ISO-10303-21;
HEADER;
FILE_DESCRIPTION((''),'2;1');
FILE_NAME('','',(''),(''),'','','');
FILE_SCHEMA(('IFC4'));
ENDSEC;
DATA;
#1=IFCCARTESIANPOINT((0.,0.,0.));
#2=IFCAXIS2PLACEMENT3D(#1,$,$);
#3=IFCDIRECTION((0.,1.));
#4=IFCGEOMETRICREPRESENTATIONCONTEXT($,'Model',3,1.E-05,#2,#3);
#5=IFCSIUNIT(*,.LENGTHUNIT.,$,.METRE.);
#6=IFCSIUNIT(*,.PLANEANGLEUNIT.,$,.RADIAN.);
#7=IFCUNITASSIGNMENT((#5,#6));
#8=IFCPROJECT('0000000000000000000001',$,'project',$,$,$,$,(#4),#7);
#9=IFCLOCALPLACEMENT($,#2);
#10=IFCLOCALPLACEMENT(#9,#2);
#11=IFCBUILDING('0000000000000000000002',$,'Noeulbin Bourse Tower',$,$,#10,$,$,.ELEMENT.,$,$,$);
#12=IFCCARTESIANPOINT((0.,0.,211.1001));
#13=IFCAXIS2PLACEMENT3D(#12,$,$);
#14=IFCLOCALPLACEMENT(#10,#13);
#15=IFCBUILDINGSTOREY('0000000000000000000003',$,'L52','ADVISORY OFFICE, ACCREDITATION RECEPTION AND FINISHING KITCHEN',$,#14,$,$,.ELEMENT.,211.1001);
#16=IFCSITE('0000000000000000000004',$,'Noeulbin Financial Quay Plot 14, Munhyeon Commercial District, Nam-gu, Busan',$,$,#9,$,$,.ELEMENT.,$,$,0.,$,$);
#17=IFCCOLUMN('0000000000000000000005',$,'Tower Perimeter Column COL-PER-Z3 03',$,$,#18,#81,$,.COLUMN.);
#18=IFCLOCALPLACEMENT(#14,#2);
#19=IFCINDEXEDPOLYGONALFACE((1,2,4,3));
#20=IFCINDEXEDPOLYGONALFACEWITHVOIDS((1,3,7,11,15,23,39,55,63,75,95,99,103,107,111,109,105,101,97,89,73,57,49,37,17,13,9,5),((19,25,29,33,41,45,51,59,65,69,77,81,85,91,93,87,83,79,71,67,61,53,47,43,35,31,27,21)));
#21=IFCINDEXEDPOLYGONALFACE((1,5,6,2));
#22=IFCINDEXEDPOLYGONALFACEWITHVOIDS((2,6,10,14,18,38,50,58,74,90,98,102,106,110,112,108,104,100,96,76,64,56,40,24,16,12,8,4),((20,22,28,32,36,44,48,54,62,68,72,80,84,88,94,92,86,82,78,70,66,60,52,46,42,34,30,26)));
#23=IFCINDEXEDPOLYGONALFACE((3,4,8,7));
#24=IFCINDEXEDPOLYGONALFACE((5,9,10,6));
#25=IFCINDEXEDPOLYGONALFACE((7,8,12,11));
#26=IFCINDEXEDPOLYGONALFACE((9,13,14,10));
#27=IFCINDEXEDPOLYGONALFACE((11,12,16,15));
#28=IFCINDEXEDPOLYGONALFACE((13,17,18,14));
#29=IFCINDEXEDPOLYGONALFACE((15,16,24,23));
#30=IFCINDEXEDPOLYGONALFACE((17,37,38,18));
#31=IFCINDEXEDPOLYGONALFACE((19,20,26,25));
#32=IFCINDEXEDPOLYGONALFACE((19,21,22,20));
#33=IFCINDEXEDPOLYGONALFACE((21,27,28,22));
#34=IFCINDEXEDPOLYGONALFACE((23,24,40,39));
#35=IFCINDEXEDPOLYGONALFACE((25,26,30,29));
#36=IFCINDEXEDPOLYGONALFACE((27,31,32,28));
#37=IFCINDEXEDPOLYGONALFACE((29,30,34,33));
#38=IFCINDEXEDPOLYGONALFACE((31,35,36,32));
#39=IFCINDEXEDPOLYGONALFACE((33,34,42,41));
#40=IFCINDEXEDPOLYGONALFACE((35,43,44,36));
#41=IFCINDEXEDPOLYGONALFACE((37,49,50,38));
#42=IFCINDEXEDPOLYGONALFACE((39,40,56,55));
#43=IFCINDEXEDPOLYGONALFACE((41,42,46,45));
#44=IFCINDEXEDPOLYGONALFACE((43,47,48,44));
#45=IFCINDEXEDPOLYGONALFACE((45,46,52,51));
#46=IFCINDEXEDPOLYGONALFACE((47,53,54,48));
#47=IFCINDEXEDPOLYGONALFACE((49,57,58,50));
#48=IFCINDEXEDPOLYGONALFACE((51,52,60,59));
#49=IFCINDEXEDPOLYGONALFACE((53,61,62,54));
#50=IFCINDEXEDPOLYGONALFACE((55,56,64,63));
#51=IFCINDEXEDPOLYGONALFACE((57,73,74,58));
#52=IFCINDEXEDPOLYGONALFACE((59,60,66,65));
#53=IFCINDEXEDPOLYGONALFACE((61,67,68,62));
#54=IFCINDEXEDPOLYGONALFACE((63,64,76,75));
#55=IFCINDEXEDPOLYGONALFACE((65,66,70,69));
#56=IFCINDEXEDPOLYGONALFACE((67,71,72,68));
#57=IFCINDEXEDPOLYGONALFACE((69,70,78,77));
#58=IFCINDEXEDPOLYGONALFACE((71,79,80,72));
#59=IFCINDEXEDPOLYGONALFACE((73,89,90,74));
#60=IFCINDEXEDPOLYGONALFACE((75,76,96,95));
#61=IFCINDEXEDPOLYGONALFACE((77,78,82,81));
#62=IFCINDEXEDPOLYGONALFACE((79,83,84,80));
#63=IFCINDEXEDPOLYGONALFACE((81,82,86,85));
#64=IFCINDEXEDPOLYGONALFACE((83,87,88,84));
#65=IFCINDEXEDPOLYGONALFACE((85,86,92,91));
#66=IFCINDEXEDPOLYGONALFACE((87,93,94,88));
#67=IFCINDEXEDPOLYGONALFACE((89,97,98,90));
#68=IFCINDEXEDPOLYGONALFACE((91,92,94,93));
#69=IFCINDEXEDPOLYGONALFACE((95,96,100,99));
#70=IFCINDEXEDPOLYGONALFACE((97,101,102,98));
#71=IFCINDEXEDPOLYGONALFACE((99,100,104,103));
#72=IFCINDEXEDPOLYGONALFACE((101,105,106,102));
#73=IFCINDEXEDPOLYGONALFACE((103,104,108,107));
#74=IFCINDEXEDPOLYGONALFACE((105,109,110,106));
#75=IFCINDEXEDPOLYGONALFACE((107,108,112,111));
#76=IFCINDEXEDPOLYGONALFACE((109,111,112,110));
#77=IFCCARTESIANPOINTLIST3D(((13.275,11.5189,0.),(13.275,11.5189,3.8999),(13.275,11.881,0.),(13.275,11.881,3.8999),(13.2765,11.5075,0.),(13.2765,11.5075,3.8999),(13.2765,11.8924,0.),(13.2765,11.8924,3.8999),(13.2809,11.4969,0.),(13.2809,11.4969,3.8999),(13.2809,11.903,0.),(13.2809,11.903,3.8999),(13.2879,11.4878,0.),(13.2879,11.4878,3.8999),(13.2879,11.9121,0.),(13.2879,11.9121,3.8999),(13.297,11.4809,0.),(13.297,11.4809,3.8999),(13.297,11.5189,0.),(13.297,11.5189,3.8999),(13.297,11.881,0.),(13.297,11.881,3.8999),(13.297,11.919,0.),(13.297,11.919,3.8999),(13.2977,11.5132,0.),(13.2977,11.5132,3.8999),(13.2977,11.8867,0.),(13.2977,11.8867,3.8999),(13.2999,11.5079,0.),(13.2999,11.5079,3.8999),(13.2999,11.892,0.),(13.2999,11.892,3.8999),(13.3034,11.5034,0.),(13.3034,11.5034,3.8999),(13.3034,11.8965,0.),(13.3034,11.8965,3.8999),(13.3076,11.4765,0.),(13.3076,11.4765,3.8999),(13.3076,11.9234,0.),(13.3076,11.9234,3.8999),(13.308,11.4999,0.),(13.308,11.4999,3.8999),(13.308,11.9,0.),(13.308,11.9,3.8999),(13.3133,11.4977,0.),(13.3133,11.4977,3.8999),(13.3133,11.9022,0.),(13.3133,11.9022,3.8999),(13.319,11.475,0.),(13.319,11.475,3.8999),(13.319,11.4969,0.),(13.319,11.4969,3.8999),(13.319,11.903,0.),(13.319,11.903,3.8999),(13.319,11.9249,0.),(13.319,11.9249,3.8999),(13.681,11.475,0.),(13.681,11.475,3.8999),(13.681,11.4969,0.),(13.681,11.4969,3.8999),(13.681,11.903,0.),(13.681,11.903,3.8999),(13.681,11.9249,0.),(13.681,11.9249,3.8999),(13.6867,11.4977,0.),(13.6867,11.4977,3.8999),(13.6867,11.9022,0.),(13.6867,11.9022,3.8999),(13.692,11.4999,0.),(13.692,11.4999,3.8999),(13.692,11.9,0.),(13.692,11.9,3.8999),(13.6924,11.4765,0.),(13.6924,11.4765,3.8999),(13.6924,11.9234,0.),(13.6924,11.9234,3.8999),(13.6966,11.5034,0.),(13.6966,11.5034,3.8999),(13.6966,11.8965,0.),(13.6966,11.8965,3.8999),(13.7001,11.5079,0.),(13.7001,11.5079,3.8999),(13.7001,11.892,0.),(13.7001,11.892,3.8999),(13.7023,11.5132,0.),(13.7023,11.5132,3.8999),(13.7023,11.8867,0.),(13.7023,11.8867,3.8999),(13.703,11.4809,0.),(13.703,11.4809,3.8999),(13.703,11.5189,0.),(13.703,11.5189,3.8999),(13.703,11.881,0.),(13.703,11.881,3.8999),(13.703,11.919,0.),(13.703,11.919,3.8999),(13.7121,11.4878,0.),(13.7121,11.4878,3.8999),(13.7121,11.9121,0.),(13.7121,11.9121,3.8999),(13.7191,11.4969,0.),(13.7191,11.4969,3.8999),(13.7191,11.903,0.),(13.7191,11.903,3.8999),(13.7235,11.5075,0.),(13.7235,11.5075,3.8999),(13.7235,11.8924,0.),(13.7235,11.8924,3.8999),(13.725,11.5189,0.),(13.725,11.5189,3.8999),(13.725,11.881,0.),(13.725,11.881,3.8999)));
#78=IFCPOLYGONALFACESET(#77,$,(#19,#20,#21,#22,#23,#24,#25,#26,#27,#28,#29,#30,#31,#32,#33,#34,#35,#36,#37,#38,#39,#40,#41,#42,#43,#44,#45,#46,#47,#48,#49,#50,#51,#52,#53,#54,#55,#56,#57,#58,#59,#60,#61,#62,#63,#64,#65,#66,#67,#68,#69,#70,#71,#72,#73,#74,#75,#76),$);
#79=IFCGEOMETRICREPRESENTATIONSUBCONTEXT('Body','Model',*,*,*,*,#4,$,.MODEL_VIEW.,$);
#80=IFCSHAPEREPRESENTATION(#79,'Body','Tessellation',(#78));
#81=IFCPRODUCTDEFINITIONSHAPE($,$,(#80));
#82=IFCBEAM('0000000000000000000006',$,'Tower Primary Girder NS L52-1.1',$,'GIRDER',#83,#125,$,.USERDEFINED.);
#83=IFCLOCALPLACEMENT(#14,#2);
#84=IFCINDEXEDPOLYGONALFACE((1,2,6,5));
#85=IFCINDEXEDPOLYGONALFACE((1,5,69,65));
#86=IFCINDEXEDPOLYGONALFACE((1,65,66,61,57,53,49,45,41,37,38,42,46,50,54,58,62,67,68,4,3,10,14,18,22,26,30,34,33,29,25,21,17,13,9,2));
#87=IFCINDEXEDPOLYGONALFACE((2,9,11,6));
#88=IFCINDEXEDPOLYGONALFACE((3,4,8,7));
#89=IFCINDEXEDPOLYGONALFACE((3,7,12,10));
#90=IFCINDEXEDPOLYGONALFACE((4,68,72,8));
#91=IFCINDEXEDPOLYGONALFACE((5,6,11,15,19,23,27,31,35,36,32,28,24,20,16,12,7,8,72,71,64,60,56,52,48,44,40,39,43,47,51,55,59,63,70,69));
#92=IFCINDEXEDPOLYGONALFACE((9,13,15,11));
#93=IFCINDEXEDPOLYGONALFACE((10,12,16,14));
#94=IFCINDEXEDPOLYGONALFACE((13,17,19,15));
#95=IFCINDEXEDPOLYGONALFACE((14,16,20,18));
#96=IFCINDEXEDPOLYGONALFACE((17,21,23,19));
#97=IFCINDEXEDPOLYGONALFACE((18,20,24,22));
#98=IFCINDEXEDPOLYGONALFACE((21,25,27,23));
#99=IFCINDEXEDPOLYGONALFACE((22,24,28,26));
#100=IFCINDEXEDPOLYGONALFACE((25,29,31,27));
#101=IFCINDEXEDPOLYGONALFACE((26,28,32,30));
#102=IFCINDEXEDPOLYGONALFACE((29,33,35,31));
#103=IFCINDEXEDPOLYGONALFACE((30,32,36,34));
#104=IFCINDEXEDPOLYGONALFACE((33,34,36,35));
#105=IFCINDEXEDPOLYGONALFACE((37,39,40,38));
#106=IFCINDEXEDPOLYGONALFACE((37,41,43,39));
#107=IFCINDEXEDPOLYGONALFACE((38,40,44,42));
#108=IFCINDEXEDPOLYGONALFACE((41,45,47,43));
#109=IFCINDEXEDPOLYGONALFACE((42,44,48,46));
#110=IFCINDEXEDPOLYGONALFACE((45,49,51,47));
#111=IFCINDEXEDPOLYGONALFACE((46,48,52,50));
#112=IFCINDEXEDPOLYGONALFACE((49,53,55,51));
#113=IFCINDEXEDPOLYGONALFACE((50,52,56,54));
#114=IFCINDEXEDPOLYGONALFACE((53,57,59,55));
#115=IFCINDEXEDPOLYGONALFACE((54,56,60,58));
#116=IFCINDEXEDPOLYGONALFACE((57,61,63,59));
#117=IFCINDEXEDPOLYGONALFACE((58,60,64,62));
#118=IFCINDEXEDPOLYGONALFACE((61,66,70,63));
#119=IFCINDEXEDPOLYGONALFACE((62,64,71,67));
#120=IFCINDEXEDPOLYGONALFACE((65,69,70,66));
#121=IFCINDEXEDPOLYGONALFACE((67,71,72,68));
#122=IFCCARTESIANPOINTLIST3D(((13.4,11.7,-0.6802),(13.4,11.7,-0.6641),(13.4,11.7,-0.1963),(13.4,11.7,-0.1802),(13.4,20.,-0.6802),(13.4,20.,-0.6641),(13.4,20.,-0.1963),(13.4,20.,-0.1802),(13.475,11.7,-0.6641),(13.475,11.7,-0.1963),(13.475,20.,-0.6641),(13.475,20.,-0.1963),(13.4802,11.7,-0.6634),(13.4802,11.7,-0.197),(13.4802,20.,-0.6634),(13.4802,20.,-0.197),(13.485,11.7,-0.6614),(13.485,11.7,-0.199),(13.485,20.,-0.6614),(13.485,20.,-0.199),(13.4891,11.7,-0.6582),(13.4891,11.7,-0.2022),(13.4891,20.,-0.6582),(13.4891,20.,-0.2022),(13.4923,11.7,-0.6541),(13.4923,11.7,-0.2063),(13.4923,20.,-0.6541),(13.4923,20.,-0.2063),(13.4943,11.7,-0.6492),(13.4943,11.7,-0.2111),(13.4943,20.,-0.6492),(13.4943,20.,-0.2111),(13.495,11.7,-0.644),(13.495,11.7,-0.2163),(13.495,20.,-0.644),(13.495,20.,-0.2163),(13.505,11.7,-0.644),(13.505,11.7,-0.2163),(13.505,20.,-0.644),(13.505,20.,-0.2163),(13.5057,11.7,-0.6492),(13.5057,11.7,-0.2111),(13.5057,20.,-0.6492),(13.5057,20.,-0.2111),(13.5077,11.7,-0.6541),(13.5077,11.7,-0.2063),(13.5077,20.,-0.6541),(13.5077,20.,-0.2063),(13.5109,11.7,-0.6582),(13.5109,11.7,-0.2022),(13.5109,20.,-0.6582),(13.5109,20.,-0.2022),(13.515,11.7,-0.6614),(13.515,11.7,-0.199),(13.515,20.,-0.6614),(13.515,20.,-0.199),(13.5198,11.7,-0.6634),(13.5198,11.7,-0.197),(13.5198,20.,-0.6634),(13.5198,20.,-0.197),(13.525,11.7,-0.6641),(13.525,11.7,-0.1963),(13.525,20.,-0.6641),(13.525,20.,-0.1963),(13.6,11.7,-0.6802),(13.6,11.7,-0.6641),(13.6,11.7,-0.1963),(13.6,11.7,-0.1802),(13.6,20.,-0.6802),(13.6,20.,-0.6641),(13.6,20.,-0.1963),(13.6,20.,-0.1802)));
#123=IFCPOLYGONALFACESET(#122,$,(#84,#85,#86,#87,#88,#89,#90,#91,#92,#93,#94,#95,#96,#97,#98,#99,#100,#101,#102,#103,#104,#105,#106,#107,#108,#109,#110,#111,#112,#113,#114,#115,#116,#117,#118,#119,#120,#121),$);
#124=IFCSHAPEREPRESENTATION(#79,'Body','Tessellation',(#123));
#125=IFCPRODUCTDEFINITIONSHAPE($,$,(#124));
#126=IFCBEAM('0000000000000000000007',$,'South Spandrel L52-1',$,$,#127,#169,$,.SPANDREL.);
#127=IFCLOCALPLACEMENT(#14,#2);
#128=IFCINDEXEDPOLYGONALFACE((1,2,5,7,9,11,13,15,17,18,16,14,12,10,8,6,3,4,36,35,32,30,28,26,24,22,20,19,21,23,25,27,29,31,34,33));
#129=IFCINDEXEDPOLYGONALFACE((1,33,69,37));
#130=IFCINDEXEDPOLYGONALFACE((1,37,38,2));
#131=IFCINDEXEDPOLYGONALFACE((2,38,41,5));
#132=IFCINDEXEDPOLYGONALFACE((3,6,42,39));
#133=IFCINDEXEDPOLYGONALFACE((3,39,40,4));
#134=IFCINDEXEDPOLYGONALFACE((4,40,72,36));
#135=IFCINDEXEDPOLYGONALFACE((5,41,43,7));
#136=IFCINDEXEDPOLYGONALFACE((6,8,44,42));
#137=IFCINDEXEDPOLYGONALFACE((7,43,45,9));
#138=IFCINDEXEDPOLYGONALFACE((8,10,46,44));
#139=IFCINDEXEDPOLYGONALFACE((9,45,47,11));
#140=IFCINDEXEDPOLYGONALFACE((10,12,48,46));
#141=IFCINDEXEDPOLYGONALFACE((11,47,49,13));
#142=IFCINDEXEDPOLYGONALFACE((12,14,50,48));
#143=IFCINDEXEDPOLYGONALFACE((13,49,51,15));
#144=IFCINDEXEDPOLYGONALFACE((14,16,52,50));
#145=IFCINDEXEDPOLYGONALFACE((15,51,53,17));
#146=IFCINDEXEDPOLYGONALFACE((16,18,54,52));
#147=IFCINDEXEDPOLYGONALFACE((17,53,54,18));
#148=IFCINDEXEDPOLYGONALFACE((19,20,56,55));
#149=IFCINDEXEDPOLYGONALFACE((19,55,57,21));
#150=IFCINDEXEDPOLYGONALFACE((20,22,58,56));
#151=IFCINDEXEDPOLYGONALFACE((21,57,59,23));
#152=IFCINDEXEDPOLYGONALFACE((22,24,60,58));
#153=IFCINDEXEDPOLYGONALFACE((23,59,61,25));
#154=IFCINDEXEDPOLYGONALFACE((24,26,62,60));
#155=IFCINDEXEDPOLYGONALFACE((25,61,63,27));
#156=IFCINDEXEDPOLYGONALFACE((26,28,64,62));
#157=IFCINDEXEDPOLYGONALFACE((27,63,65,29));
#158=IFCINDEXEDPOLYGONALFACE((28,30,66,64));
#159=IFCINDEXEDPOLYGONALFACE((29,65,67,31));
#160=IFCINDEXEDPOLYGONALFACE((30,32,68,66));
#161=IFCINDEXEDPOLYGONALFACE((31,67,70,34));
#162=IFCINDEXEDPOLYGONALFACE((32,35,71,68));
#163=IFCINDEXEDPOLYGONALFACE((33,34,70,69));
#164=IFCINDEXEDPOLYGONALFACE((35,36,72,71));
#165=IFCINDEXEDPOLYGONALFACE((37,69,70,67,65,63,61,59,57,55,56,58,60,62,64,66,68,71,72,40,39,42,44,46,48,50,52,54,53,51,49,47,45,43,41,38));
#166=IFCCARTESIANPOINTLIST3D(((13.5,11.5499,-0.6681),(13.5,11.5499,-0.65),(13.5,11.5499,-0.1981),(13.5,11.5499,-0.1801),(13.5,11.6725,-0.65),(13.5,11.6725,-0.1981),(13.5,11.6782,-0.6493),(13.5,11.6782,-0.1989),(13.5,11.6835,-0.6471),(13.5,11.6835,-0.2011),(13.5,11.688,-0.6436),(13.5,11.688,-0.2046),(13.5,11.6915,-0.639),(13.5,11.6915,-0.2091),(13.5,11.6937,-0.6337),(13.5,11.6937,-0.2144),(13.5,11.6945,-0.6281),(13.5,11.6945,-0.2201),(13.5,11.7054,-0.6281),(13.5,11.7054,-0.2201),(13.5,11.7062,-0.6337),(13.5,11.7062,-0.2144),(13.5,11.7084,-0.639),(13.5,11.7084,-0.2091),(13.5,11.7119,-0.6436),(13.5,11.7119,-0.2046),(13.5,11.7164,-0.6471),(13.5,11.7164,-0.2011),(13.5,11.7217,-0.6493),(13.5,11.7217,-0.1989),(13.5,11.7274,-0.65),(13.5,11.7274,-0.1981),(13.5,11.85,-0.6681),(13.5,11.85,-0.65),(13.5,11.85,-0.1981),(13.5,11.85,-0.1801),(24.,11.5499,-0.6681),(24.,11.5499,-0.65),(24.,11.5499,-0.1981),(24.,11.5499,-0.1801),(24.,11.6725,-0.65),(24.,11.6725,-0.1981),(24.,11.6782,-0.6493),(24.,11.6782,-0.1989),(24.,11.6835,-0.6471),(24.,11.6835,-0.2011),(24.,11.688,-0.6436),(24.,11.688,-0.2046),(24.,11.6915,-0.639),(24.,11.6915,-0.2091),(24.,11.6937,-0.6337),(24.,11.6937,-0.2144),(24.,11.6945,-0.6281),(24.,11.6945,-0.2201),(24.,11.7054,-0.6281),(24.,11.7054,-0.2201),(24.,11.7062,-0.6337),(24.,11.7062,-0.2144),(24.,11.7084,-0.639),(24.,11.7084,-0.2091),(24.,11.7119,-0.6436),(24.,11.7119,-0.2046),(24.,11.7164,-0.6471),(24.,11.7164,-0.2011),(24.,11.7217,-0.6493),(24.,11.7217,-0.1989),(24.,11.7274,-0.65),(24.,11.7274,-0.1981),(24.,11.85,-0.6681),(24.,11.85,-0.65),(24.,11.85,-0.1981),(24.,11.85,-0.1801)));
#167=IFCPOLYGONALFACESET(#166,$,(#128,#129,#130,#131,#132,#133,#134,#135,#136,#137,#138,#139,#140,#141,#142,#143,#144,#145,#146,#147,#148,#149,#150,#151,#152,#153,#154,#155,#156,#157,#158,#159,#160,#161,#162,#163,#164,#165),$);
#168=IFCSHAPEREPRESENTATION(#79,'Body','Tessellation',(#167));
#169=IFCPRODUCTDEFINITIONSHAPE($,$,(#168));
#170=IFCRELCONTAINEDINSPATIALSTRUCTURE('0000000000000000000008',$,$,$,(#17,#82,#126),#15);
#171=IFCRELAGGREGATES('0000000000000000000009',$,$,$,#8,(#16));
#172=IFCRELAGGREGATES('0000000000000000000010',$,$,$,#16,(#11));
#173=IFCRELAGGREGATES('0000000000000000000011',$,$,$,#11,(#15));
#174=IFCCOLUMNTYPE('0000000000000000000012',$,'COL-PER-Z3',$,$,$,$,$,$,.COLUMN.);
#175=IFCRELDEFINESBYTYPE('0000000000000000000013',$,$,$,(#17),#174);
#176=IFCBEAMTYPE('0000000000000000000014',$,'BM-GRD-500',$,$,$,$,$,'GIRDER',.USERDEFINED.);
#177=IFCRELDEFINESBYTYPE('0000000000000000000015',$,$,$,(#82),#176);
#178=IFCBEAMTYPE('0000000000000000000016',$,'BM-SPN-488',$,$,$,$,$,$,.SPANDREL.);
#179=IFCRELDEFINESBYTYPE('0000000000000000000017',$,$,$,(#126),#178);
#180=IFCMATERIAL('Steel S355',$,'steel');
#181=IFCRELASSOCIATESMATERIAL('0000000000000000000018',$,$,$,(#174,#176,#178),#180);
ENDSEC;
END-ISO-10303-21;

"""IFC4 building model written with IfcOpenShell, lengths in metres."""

from ifc_helpers import new_model, si_unit, direction, frame, origin, origin_2d, place, context, subcontext, project, spatial, hollow_rectangle, i_section, extrude, material, material_profile, profile_set, type_object, element, save


model = new_model("IFC4")

# Units and contexts
model_context = context("Model", 3, precision=1e-05, world=origin(), true_north=direction((0.0, 1.0)))
body_context = subcontext(model_context, "Body", "Model", "MODEL_VIEW")
ifc_project = project(units=[si_unit("LENGTHUNIT", "METRE"), si_unit("PLANEANGLEUNIT", "RADIAN")], contexts=[model_context])

# Site, building, storey
site_placement = place(None, origin())
site = spatial("IfcSite", under=ifc_project, at=site_placement, Name="Noeulbin Financial Quay Plot 14, Munhyeon Commercial District, Nam-gu, Busan", CompositionType="ELEMENT", RefElevation=0.0)
building_placement = place(site_placement, origin())
building = spatial("IfcBuilding", under=site, at=building_placement, Name="Noeulbin Bourse Tower", CompositionType="ELEMENT")
storey_placement = place(building_placement, frame((0.0, 0.0, 211.1001)))
storey = spatial("IfcBuildingStorey", under=building, at=storey_placement, Name="L52", Description="ADVISORY OFFICE, ACCREDITATION RECEPTION AND FINISHING KITCHEN", CompositionType="ELEMENT", Elevation=211.1001)

# Column
ifc_material_1 = material(Name="Steel S355", Category="steel")
ifc_material_profile_1 = material_profile(ifc_material_1, hollow_rectangle(XDim=0.45, YDim=0.45, WallThickness=0.022, InnerFilletRadius=0.022, OuterFilletRadius=0.0439, at=origin_2d()), Name="SHS-450x450x22", Category="LoadBearing")
ifc_profile_set_1 = profile_set([ifc_material_profile_1], Name="Steel S355")
column_type = type_object("IfcColumnType", Name="COL-PER-Z3", PredefinedType="COLUMN", material=ifc_profile_set_1)
column_placement = place(storey_placement, frame((13.5, 11.7, 0.0), z_axis=(0.0, 0.0, 1.0), x_axis=(1.0, 0.0, 0.0)))
element("IfcColumn", 1, at=column_placement, inside=storey, type_object=column_type, Name="Tower Perimeter Column COL-PER-Z3 03", PredefinedType="COLUMN", context=body_context, shape_type="SweptSolid", body=[
    extrude(hollow_rectangle(XDim=0.45, YDim=0.45, WallThickness=0.022, InnerFilletRadius=0.022, OuterFilletRadius=0.0439, at=origin_2d()), origin(), (0.0, 0.0, 1.0), 3.8999),
])

# Beams
ifc_material_profile_2 = material_profile(ifc_material_1, i_section(OverallWidth=0.2, OverallDepth=0.5, WebThickness=0.01, FlangeThickness=0.0161, FilletRadius=0.02, at=origin_2d()), Name="H-500x200x10x16", Category="LoadBearing")
ifc_profile_set_2 = profile_set([ifc_material_profile_2], Name="Steel S355")
beam_type_1 = type_object("IfcBeamType", Name="BM-GRD-500", ElementType="GIRDER", PredefinedType="USERDEFINED", material=ifc_profile_set_2)
beam_1_placement = place(storey_placement, frame((13.5, 11.7, -0.4302), z_axis=(0.0, 1.0, 0.0), x_axis=(-1.0, 0.0, 0.0)))
element("IfcBeam", 2, at=beam_1_placement, inside=storey, type_object=beam_type_1, Name="Tower Primary Girder NS L52-1.1", ObjectType="GIRDER", PredefinedType="USERDEFINED", context=body_context, shape_type="SweptSolid", body=[
    extrude(i_section(OverallWidth=0.2, OverallDepth=0.5, WebThickness=0.01, FlangeThickness=0.0161, FilletRadius=0.02, at=origin_2d()), origin(), (0.0, 0.0, 1.0), 8.3),
])
ifc_material_profile_3 = material_profile(ifc_material_1, i_section(OverallWidth=0.3, OverallDepth=0.488, WebThickness=0.011, FlangeThickness=0.0181, FilletRadius=0.022, at=origin_2d()), Name="H-488x300x11x18", Category="LoadBearing")
ifc_profile_set_3 = profile_set([ifc_material_profile_3], Name="Steel S355")
beam_type_2 = type_object("IfcBeamType", Name="BM-SPN-488", PredefinedType="SPANDREL", material=ifc_profile_set_3)
beam_2_placement = place(storey_placement, frame((13.5, 11.7, -0.4241), z_axis=(1.0, 0.0, 0.0), x_axis=(0.0, 1.0, 0.0)))
element("IfcBeam", 3, at=beam_2_placement, inside=storey, type_object=beam_type_2, Name="South Spandrel L52-1", PredefinedType="SPANDREL", context=body_context, shape_type="SweptSolid", body=[
    extrude(i_section(OverallWidth=0.3, OverallDepth=0.488, WebThickness=0.011, FlangeThickness=0.0181, FilletRadius=0.022, at=origin_2d()), origin(), (0.0, 0.0, 1.0), 10.5),
])

save(model, "model.ifc")
